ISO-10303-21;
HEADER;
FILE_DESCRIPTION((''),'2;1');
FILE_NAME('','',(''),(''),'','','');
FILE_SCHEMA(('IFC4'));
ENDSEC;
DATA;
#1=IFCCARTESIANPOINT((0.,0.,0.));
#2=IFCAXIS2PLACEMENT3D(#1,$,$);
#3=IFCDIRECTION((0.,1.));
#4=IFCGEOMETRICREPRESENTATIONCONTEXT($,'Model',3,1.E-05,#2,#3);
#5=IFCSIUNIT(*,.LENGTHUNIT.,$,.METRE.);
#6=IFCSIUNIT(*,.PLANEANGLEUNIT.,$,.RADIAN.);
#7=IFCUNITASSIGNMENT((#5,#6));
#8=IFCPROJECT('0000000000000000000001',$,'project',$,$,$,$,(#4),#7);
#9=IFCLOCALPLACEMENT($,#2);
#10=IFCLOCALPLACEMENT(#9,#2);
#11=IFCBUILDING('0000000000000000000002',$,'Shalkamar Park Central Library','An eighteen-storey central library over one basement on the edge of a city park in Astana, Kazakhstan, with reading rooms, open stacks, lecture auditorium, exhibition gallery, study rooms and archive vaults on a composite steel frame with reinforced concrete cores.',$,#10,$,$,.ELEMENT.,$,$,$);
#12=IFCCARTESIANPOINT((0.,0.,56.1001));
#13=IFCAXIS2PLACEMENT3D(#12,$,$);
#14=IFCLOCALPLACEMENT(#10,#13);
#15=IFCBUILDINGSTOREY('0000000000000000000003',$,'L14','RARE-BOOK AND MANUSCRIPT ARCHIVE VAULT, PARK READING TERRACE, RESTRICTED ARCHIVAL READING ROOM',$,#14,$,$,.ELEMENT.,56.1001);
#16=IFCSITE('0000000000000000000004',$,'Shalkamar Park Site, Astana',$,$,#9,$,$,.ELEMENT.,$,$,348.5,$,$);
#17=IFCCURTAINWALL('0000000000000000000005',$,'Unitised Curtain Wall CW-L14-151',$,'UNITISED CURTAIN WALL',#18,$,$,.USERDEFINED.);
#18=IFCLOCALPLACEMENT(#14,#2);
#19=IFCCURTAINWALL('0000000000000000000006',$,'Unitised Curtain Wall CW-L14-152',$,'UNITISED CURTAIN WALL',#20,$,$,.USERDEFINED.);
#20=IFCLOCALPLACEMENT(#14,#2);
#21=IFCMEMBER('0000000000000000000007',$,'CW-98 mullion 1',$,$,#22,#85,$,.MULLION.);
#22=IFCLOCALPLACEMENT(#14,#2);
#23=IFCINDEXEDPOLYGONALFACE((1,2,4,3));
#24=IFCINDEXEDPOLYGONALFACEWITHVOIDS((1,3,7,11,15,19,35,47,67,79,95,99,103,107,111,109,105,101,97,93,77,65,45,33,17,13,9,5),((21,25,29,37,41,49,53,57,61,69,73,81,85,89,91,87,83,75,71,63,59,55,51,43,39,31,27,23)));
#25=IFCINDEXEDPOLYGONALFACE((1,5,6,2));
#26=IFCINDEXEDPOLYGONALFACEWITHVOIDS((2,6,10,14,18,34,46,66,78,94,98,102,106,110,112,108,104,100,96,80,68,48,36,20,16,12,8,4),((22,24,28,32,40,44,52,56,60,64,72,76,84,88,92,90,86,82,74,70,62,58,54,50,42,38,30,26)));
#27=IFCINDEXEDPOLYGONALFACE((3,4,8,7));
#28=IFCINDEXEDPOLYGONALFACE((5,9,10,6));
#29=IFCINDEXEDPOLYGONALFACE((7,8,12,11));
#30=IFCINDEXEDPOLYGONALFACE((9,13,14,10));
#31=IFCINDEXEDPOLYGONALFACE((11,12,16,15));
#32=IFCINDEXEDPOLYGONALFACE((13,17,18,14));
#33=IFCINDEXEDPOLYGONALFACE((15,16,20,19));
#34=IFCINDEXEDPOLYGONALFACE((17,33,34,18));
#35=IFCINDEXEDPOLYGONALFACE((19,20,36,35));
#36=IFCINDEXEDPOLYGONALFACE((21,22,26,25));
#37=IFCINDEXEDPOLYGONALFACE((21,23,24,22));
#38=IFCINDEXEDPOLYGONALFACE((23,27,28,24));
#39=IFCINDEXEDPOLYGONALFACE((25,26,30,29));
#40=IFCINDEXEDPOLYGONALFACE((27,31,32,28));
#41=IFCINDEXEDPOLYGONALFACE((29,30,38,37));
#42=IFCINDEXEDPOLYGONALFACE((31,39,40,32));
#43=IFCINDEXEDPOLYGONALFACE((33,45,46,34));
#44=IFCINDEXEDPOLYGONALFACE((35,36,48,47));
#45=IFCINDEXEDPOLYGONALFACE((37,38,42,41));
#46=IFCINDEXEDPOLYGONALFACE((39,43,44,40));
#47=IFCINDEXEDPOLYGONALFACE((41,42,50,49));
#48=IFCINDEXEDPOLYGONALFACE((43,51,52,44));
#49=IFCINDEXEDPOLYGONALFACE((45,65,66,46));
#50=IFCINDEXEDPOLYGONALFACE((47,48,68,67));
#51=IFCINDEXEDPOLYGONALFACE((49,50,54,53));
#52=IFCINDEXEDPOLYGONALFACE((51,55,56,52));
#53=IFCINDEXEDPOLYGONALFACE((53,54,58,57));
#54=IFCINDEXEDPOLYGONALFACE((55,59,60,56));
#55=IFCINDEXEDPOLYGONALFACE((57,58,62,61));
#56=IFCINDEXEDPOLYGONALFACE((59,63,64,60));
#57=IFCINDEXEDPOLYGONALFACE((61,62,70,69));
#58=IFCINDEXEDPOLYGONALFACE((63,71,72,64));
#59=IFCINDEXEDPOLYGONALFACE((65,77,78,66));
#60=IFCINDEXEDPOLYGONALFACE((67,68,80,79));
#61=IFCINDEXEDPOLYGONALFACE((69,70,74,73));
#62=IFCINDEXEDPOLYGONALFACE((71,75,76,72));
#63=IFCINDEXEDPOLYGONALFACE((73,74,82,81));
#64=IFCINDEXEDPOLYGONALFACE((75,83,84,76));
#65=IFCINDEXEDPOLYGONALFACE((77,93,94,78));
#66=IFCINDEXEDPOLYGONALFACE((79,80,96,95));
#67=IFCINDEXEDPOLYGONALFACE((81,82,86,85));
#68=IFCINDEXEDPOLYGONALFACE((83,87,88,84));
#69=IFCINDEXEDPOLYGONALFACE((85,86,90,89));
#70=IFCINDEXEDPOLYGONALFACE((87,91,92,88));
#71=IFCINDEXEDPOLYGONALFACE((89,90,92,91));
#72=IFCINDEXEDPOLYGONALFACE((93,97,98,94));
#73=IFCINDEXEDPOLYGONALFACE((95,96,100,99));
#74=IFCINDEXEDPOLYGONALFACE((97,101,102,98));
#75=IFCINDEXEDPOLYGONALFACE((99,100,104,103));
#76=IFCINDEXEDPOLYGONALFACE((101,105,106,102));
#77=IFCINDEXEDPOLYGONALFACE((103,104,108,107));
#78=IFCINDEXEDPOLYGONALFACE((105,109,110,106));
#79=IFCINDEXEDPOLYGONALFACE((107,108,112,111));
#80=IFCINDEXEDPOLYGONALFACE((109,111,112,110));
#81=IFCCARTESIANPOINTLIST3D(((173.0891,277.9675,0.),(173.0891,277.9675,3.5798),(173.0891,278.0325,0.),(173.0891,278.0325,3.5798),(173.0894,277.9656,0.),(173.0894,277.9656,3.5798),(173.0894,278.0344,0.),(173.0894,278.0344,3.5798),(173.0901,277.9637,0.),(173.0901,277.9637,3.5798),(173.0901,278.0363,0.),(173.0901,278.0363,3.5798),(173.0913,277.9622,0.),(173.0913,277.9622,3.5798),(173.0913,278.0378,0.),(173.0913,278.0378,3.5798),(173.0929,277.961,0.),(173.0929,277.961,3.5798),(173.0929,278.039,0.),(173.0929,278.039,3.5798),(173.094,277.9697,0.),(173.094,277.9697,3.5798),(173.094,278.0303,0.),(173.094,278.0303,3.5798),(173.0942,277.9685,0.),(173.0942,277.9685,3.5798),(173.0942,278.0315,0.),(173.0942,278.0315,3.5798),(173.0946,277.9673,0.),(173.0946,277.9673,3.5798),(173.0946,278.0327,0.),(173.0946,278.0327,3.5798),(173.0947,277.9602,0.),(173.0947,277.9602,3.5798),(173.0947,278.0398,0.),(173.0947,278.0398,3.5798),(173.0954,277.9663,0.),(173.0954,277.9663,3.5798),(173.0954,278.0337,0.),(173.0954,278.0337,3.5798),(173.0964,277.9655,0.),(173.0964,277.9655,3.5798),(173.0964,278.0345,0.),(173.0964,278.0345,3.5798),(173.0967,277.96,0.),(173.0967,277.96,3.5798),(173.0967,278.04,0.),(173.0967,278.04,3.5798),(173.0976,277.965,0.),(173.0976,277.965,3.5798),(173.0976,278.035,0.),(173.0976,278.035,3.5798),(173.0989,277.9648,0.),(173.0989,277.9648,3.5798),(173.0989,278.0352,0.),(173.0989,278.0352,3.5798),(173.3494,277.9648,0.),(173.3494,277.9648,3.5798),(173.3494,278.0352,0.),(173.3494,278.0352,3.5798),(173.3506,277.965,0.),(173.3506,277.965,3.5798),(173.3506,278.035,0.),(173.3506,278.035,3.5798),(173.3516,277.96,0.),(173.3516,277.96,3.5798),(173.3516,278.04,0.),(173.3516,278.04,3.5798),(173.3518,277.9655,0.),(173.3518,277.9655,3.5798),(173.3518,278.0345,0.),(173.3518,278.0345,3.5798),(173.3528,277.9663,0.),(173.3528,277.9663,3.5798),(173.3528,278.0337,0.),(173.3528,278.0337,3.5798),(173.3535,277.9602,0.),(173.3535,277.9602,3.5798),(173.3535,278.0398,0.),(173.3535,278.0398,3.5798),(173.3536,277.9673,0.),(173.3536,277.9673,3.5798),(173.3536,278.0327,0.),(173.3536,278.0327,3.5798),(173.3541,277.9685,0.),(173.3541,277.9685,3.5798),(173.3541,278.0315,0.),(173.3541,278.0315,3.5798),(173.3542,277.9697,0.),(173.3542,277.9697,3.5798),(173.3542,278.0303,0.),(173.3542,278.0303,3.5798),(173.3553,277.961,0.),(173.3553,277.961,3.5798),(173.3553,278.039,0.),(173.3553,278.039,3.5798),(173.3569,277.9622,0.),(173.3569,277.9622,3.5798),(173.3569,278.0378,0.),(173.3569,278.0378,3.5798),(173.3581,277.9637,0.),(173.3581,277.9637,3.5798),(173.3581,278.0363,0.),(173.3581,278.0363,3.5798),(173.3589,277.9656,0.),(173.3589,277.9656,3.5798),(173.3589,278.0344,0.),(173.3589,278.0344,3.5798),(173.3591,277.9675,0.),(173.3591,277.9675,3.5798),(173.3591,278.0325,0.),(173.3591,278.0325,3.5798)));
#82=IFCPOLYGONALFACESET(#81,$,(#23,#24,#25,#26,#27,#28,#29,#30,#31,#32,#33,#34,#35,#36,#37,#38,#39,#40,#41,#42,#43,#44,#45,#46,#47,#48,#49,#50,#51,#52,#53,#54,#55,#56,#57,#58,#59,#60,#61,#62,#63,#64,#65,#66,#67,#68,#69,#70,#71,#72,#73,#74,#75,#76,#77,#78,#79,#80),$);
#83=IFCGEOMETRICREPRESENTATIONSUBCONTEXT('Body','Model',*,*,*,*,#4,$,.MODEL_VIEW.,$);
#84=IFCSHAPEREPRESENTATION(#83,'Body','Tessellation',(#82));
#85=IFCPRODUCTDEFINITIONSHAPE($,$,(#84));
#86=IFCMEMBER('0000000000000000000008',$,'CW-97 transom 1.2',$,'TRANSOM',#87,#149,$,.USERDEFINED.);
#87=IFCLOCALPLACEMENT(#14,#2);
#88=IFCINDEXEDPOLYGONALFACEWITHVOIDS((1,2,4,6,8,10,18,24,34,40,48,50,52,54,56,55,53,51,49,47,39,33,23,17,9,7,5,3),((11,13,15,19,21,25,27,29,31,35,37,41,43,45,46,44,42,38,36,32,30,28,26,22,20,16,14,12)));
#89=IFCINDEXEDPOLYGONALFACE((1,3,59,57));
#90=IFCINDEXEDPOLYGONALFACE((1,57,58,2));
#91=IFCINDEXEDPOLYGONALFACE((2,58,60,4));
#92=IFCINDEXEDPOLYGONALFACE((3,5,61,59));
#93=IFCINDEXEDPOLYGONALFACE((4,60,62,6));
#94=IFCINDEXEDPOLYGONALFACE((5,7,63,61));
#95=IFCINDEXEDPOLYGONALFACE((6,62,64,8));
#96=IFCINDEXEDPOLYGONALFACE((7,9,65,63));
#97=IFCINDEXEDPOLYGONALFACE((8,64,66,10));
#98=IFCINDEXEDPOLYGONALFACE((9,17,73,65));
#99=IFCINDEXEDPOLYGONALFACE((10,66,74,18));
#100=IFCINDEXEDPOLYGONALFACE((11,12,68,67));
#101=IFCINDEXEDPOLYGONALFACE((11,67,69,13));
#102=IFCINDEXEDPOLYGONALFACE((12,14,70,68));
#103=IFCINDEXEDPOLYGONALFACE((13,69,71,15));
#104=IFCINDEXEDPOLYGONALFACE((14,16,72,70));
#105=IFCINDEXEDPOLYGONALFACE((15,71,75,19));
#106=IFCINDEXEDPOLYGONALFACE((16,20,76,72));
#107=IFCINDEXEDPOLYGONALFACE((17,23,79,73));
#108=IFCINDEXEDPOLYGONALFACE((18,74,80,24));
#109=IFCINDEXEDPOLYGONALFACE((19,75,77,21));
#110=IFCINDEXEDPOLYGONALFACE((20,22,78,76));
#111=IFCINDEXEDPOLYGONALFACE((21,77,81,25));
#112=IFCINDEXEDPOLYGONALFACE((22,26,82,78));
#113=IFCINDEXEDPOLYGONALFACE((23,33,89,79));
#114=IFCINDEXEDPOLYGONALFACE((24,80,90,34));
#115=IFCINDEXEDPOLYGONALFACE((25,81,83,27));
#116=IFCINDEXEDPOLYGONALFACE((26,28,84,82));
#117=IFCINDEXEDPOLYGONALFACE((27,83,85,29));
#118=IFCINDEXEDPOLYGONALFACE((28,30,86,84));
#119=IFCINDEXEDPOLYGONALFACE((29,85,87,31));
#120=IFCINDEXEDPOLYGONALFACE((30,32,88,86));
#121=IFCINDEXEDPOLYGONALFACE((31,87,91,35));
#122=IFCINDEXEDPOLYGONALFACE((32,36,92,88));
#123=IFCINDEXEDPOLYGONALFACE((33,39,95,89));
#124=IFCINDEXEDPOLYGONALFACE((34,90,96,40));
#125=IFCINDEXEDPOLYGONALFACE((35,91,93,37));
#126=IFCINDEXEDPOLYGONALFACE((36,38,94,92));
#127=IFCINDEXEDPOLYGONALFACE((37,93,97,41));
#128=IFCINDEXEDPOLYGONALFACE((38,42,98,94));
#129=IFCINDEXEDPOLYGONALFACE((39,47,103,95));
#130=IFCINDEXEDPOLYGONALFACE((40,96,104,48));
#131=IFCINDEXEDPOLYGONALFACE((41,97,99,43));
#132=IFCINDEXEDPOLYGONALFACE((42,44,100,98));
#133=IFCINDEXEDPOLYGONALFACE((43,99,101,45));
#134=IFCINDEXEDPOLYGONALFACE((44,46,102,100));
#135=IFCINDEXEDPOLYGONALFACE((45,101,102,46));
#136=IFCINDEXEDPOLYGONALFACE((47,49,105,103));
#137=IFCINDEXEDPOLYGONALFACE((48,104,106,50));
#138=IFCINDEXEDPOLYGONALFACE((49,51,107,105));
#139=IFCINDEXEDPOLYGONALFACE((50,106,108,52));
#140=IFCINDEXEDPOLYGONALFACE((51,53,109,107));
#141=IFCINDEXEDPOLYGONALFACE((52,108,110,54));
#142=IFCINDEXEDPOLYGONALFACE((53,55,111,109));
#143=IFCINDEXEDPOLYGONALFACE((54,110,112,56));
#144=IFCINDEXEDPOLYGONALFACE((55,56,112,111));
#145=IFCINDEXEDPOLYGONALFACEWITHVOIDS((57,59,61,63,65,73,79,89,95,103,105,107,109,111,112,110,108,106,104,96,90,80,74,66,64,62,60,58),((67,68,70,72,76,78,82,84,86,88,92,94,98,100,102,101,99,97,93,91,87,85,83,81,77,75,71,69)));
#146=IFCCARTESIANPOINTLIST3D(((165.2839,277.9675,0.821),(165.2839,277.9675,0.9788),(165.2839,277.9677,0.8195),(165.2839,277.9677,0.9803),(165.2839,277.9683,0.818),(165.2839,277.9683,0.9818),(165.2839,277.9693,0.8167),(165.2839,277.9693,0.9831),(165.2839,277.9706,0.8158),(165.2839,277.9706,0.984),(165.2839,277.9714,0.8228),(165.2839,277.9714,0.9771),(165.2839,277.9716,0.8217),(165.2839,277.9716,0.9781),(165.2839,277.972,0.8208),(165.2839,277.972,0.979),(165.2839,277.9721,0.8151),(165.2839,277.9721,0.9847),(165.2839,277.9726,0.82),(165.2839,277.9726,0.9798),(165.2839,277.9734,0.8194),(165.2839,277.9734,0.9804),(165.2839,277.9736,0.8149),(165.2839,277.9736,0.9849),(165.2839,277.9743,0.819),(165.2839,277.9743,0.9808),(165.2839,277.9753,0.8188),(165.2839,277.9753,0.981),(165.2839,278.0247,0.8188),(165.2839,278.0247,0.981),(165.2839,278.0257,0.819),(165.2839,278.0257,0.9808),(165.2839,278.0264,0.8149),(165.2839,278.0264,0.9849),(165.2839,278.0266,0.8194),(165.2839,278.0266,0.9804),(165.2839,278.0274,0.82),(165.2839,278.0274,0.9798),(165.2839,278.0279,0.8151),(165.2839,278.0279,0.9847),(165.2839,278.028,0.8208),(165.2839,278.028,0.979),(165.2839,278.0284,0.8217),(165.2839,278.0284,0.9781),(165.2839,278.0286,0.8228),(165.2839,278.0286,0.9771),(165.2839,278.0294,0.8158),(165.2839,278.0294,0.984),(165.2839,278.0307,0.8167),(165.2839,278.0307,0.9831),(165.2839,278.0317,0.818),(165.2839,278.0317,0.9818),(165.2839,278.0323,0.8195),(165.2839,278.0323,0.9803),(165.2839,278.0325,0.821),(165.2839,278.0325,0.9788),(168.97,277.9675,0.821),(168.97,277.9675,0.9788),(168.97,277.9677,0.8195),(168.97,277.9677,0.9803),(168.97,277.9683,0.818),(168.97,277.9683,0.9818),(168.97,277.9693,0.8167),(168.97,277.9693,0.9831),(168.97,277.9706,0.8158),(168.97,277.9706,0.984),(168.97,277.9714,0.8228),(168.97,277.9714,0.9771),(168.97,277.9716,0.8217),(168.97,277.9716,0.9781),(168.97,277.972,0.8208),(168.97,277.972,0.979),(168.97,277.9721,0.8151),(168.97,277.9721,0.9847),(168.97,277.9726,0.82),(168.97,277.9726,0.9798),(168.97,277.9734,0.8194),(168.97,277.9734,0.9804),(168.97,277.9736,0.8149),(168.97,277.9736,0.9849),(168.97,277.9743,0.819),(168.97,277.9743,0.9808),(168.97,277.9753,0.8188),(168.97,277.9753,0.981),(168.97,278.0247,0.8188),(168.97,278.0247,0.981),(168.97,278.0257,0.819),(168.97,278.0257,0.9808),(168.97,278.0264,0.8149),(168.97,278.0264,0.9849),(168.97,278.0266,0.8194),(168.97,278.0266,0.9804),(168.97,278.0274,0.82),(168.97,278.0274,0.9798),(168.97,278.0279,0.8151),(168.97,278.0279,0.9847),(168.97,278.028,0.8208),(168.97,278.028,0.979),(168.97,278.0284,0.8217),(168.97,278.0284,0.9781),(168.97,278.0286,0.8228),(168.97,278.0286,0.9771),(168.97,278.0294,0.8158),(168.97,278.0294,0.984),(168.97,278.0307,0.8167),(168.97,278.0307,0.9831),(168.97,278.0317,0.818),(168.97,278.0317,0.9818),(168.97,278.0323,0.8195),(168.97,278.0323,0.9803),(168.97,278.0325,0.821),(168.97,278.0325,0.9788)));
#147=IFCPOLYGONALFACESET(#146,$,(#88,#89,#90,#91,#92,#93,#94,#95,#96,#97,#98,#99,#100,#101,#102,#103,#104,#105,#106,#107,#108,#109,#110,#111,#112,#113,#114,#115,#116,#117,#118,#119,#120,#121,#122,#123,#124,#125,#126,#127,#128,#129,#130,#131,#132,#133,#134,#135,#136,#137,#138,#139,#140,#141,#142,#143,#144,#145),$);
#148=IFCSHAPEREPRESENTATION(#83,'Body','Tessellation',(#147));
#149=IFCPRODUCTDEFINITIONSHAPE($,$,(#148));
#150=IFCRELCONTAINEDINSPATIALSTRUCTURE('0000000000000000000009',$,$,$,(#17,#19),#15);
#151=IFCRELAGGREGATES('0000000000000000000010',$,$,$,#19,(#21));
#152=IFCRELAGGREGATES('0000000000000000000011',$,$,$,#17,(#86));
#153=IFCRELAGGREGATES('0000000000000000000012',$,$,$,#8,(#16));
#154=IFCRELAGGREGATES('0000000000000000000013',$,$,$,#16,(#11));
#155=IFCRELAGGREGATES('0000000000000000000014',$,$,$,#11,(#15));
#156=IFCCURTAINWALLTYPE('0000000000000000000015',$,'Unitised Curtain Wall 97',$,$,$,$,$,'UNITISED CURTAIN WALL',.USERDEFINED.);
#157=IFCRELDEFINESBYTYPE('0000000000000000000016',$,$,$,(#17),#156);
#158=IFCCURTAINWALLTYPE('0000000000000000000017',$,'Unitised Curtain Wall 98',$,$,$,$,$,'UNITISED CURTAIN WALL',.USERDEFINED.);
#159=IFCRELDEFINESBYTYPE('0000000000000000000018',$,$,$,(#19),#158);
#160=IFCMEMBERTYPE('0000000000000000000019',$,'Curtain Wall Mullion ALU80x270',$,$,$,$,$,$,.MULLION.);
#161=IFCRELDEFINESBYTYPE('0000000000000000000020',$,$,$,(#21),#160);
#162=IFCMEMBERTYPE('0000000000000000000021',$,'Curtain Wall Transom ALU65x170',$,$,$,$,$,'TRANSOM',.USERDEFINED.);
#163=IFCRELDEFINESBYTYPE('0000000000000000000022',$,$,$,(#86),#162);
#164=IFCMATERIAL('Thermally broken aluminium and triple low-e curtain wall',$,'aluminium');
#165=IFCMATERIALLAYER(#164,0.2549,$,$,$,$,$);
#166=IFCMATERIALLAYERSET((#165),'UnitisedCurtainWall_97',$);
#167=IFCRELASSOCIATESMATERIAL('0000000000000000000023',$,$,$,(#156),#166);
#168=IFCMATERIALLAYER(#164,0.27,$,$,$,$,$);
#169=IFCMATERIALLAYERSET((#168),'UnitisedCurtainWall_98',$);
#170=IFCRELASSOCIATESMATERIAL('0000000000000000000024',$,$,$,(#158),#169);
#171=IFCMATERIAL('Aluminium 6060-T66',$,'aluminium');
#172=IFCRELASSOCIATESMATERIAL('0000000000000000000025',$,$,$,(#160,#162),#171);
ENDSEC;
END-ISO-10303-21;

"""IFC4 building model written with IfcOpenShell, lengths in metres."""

from ifc_helpers import new_model, si_unit, direction, frame, origin, origin_2d, place, context, subcontext, project, spatial, hollow_rectangle, extrude, material, layer, layer_set, material_profile, profile_set, type_object, element, aggregate, save


model = new_model("IFC4")

# Units and contexts
model_context = context("Model", 3, precision=1e-05, world=origin(), true_north=direction((0.0, 1.0)))
body_context = subcontext(model_context, "Body", "Model", "MODEL_VIEW")
ifc_project = project(units=[si_unit("LENGTHUNIT", "METRE"), si_unit("PLANEANGLEUNIT", "RADIAN")], contexts=[model_context])

# Site, building, storey
site_placement = place(None, origin())
site = spatial("IfcSite", under=ifc_project, at=site_placement, Name="Shalkamar Park Site, Astana", CompositionType="ELEMENT", RefElevation=348.5)
building_placement = place(site_placement, origin())
building = spatial("IfcBuilding", under=site, at=building_placement, Name="Shalkamar Park Central Library", Description="An eighteen-storey central library over one basement on the edge of a city park in Astana, Kazakhstan, with reading rooms, open stacks, lecture auditorium, exhibition gallery, study rooms and archive vaults on a composite steel frame with reinforced concrete cores.", CompositionType="ELEMENT")
storey_placement = place(building_placement, frame((0.0, 0.0, 56.1001)))
storey = spatial("IfcBuildingStorey", under=building, at=storey_placement, Name="L14", Description="RARE-BOOK AND MANUSCRIPT ARCHIVE VAULT, PARK READING TERRACE, RESTRICTED ARCHIVAL READING ROOM", CompositionType="ELEMENT", Elevation=56.1001)

# Curtain wall
ifc_material_1 = material(Name="Thermally broken aluminium and triple low-e curtain wall", Category="aluminium")
ifc_layer_1 = layer(ifc_material_1, 0.2549)
ifc_layer_set_1 = layer_set([ifc_layer_1], Name="UnitisedCurtainWall_97")
curtain_wall_type_1 = type_object("IfcCurtainWallType", Name="Unitised Curtain Wall 97", ElementType="UNITISED CURTAIN WALL", PredefinedType="USERDEFINED", material=ifc_layer_set_1)
curtain_wall_1_placement = place(storey_placement, origin())
curtain_wall_1 = element("IfcCurtainWall", 1, at=curtain_wall_1_placement, inside=storey, type_object=curtain_wall_type_1, Name="Unitised Curtain Wall CW-L14-151", ObjectType="UNITISED CURTAIN WALL", PredefinedType="USERDEFINED")
ifc_material_2 = material(Name="Aluminium 6060-T66", Category="aluminium")

# Curtain wall, member
ifc_layer_2 = layer(ifc_material_1, 0.27)
ifc_layer_set_2 = layer_set([ifc_layer_2], Name="UnitisedCurtainWall_98")
curtain_wall_type_2 = type_object("IfcCurtainWallType", Name="Unitised Curtain Wall 98", ElementType="UNITISED CURTAIN WALL", PredefinedType="USERDEFINED", material=ifc_layer_set_2)
curtain_wall_2_placement = place(storey_placement, origin())
curtain_wall_2 = element("IfcCurtainWall", 2, at=curtain_wall_2_placement, inside=storey, type_object=curtain_wall_type_2, Name="Unitised Curtain Wall CW-L14-152", ObjectType="UNITISED CURTAIN WALL", PredefinedType="USERDEFINED")
ifc_material_profile_1 = material_profile(ifc_material_2, hollow_rectangle(XDim=0.0801, YDim=0.27, WallThickness=0.0049, InnerFilletRadius=0.0049, OuterFilletRadius=0.0076, at=origin_2d()), Name="ALU 80x270x5")
ifc_profile_set_1 = profile_set([ifc_material_profile_1], Name="Aluminium 6060-T66")
member_type_1 = type_object("IfcMemberType", Name="Curtain Wall Mullion ALU80x270", PredefinedType="MULLION", material=ifc_profile_set_1)
member_1_placement = place(storey_placement, frame((173.2241, 278.0, 0.0), z_axis=(0.0, 0.0, 1.0), x_axis=(0.0, 1.0, 0.0)))
member_1 = element("IfcMember", 3, at=member_1_placement, type_object=member_type_1, Name="CW-98 mullion 1", PredefinedType="MULLION", context=body_context, shape_type="SweptSolid", body=[
    extrude(hollow_rectangle(XDim=0.0801, YDim=0.27, WallThickness=0.0049, InnerFilletRadius=0.0049, OuterFilletRadius=0.0076, at=origin_2d()), origin(), (0.0, 0.0, 1.0), 3.5798),
])
aggregate(curtain_wall_2, [member_1])

# Member
ifc_material_profile_2 = material_profile(ifc_material_2, hollow_rectangle(XDim=0.0649, YDim=0.1699, WallThickness=0.0039, InnerFilletRadius=0.0039, OuterFilletRadius=0.0061, at=origin_2d()), Name="ALU 65x170x4")
ifc_profile_set_2 = profile_set([ifc_material_profile_2], Name="Aluminium 6060-T66")
member_type_2 = type_object("IfcMemberType", Name="Curtain Wall Transom ALU65x170", ElementType="TRANSOM", PredefinedType="USERDEFINED", material=ifc_profile_set_2)
member_2_placement = place(storey_placement, frame((165.2839, 278.0, 0.8999), z_axis=(1.0, 0.0, 0.0), x_axis=(0.0, 1.0, 0.0)))
member_2 = element("IfcMember", 4, at=member_2_placement, type_object=member_type_2, Name="CW-97 transom 1.2", ObjectType="TRANSOM", PredefinedType="USERDEFINED", context=body_context, shape_type="SweptSolid", body=[
    extrude(hollow_rectangle(XDim=0.0649, YDim=0.1699, WallThickness=0.0039, InnerFilletRadius=0.0039, OuterFilletRadius=0.0061, at=origin_2d()), origin(), (0.0, 0.0, 1.0), 3.686),
])

aggregate(curtain_wall_1, [member_2])

save(model, "model.ifc")
